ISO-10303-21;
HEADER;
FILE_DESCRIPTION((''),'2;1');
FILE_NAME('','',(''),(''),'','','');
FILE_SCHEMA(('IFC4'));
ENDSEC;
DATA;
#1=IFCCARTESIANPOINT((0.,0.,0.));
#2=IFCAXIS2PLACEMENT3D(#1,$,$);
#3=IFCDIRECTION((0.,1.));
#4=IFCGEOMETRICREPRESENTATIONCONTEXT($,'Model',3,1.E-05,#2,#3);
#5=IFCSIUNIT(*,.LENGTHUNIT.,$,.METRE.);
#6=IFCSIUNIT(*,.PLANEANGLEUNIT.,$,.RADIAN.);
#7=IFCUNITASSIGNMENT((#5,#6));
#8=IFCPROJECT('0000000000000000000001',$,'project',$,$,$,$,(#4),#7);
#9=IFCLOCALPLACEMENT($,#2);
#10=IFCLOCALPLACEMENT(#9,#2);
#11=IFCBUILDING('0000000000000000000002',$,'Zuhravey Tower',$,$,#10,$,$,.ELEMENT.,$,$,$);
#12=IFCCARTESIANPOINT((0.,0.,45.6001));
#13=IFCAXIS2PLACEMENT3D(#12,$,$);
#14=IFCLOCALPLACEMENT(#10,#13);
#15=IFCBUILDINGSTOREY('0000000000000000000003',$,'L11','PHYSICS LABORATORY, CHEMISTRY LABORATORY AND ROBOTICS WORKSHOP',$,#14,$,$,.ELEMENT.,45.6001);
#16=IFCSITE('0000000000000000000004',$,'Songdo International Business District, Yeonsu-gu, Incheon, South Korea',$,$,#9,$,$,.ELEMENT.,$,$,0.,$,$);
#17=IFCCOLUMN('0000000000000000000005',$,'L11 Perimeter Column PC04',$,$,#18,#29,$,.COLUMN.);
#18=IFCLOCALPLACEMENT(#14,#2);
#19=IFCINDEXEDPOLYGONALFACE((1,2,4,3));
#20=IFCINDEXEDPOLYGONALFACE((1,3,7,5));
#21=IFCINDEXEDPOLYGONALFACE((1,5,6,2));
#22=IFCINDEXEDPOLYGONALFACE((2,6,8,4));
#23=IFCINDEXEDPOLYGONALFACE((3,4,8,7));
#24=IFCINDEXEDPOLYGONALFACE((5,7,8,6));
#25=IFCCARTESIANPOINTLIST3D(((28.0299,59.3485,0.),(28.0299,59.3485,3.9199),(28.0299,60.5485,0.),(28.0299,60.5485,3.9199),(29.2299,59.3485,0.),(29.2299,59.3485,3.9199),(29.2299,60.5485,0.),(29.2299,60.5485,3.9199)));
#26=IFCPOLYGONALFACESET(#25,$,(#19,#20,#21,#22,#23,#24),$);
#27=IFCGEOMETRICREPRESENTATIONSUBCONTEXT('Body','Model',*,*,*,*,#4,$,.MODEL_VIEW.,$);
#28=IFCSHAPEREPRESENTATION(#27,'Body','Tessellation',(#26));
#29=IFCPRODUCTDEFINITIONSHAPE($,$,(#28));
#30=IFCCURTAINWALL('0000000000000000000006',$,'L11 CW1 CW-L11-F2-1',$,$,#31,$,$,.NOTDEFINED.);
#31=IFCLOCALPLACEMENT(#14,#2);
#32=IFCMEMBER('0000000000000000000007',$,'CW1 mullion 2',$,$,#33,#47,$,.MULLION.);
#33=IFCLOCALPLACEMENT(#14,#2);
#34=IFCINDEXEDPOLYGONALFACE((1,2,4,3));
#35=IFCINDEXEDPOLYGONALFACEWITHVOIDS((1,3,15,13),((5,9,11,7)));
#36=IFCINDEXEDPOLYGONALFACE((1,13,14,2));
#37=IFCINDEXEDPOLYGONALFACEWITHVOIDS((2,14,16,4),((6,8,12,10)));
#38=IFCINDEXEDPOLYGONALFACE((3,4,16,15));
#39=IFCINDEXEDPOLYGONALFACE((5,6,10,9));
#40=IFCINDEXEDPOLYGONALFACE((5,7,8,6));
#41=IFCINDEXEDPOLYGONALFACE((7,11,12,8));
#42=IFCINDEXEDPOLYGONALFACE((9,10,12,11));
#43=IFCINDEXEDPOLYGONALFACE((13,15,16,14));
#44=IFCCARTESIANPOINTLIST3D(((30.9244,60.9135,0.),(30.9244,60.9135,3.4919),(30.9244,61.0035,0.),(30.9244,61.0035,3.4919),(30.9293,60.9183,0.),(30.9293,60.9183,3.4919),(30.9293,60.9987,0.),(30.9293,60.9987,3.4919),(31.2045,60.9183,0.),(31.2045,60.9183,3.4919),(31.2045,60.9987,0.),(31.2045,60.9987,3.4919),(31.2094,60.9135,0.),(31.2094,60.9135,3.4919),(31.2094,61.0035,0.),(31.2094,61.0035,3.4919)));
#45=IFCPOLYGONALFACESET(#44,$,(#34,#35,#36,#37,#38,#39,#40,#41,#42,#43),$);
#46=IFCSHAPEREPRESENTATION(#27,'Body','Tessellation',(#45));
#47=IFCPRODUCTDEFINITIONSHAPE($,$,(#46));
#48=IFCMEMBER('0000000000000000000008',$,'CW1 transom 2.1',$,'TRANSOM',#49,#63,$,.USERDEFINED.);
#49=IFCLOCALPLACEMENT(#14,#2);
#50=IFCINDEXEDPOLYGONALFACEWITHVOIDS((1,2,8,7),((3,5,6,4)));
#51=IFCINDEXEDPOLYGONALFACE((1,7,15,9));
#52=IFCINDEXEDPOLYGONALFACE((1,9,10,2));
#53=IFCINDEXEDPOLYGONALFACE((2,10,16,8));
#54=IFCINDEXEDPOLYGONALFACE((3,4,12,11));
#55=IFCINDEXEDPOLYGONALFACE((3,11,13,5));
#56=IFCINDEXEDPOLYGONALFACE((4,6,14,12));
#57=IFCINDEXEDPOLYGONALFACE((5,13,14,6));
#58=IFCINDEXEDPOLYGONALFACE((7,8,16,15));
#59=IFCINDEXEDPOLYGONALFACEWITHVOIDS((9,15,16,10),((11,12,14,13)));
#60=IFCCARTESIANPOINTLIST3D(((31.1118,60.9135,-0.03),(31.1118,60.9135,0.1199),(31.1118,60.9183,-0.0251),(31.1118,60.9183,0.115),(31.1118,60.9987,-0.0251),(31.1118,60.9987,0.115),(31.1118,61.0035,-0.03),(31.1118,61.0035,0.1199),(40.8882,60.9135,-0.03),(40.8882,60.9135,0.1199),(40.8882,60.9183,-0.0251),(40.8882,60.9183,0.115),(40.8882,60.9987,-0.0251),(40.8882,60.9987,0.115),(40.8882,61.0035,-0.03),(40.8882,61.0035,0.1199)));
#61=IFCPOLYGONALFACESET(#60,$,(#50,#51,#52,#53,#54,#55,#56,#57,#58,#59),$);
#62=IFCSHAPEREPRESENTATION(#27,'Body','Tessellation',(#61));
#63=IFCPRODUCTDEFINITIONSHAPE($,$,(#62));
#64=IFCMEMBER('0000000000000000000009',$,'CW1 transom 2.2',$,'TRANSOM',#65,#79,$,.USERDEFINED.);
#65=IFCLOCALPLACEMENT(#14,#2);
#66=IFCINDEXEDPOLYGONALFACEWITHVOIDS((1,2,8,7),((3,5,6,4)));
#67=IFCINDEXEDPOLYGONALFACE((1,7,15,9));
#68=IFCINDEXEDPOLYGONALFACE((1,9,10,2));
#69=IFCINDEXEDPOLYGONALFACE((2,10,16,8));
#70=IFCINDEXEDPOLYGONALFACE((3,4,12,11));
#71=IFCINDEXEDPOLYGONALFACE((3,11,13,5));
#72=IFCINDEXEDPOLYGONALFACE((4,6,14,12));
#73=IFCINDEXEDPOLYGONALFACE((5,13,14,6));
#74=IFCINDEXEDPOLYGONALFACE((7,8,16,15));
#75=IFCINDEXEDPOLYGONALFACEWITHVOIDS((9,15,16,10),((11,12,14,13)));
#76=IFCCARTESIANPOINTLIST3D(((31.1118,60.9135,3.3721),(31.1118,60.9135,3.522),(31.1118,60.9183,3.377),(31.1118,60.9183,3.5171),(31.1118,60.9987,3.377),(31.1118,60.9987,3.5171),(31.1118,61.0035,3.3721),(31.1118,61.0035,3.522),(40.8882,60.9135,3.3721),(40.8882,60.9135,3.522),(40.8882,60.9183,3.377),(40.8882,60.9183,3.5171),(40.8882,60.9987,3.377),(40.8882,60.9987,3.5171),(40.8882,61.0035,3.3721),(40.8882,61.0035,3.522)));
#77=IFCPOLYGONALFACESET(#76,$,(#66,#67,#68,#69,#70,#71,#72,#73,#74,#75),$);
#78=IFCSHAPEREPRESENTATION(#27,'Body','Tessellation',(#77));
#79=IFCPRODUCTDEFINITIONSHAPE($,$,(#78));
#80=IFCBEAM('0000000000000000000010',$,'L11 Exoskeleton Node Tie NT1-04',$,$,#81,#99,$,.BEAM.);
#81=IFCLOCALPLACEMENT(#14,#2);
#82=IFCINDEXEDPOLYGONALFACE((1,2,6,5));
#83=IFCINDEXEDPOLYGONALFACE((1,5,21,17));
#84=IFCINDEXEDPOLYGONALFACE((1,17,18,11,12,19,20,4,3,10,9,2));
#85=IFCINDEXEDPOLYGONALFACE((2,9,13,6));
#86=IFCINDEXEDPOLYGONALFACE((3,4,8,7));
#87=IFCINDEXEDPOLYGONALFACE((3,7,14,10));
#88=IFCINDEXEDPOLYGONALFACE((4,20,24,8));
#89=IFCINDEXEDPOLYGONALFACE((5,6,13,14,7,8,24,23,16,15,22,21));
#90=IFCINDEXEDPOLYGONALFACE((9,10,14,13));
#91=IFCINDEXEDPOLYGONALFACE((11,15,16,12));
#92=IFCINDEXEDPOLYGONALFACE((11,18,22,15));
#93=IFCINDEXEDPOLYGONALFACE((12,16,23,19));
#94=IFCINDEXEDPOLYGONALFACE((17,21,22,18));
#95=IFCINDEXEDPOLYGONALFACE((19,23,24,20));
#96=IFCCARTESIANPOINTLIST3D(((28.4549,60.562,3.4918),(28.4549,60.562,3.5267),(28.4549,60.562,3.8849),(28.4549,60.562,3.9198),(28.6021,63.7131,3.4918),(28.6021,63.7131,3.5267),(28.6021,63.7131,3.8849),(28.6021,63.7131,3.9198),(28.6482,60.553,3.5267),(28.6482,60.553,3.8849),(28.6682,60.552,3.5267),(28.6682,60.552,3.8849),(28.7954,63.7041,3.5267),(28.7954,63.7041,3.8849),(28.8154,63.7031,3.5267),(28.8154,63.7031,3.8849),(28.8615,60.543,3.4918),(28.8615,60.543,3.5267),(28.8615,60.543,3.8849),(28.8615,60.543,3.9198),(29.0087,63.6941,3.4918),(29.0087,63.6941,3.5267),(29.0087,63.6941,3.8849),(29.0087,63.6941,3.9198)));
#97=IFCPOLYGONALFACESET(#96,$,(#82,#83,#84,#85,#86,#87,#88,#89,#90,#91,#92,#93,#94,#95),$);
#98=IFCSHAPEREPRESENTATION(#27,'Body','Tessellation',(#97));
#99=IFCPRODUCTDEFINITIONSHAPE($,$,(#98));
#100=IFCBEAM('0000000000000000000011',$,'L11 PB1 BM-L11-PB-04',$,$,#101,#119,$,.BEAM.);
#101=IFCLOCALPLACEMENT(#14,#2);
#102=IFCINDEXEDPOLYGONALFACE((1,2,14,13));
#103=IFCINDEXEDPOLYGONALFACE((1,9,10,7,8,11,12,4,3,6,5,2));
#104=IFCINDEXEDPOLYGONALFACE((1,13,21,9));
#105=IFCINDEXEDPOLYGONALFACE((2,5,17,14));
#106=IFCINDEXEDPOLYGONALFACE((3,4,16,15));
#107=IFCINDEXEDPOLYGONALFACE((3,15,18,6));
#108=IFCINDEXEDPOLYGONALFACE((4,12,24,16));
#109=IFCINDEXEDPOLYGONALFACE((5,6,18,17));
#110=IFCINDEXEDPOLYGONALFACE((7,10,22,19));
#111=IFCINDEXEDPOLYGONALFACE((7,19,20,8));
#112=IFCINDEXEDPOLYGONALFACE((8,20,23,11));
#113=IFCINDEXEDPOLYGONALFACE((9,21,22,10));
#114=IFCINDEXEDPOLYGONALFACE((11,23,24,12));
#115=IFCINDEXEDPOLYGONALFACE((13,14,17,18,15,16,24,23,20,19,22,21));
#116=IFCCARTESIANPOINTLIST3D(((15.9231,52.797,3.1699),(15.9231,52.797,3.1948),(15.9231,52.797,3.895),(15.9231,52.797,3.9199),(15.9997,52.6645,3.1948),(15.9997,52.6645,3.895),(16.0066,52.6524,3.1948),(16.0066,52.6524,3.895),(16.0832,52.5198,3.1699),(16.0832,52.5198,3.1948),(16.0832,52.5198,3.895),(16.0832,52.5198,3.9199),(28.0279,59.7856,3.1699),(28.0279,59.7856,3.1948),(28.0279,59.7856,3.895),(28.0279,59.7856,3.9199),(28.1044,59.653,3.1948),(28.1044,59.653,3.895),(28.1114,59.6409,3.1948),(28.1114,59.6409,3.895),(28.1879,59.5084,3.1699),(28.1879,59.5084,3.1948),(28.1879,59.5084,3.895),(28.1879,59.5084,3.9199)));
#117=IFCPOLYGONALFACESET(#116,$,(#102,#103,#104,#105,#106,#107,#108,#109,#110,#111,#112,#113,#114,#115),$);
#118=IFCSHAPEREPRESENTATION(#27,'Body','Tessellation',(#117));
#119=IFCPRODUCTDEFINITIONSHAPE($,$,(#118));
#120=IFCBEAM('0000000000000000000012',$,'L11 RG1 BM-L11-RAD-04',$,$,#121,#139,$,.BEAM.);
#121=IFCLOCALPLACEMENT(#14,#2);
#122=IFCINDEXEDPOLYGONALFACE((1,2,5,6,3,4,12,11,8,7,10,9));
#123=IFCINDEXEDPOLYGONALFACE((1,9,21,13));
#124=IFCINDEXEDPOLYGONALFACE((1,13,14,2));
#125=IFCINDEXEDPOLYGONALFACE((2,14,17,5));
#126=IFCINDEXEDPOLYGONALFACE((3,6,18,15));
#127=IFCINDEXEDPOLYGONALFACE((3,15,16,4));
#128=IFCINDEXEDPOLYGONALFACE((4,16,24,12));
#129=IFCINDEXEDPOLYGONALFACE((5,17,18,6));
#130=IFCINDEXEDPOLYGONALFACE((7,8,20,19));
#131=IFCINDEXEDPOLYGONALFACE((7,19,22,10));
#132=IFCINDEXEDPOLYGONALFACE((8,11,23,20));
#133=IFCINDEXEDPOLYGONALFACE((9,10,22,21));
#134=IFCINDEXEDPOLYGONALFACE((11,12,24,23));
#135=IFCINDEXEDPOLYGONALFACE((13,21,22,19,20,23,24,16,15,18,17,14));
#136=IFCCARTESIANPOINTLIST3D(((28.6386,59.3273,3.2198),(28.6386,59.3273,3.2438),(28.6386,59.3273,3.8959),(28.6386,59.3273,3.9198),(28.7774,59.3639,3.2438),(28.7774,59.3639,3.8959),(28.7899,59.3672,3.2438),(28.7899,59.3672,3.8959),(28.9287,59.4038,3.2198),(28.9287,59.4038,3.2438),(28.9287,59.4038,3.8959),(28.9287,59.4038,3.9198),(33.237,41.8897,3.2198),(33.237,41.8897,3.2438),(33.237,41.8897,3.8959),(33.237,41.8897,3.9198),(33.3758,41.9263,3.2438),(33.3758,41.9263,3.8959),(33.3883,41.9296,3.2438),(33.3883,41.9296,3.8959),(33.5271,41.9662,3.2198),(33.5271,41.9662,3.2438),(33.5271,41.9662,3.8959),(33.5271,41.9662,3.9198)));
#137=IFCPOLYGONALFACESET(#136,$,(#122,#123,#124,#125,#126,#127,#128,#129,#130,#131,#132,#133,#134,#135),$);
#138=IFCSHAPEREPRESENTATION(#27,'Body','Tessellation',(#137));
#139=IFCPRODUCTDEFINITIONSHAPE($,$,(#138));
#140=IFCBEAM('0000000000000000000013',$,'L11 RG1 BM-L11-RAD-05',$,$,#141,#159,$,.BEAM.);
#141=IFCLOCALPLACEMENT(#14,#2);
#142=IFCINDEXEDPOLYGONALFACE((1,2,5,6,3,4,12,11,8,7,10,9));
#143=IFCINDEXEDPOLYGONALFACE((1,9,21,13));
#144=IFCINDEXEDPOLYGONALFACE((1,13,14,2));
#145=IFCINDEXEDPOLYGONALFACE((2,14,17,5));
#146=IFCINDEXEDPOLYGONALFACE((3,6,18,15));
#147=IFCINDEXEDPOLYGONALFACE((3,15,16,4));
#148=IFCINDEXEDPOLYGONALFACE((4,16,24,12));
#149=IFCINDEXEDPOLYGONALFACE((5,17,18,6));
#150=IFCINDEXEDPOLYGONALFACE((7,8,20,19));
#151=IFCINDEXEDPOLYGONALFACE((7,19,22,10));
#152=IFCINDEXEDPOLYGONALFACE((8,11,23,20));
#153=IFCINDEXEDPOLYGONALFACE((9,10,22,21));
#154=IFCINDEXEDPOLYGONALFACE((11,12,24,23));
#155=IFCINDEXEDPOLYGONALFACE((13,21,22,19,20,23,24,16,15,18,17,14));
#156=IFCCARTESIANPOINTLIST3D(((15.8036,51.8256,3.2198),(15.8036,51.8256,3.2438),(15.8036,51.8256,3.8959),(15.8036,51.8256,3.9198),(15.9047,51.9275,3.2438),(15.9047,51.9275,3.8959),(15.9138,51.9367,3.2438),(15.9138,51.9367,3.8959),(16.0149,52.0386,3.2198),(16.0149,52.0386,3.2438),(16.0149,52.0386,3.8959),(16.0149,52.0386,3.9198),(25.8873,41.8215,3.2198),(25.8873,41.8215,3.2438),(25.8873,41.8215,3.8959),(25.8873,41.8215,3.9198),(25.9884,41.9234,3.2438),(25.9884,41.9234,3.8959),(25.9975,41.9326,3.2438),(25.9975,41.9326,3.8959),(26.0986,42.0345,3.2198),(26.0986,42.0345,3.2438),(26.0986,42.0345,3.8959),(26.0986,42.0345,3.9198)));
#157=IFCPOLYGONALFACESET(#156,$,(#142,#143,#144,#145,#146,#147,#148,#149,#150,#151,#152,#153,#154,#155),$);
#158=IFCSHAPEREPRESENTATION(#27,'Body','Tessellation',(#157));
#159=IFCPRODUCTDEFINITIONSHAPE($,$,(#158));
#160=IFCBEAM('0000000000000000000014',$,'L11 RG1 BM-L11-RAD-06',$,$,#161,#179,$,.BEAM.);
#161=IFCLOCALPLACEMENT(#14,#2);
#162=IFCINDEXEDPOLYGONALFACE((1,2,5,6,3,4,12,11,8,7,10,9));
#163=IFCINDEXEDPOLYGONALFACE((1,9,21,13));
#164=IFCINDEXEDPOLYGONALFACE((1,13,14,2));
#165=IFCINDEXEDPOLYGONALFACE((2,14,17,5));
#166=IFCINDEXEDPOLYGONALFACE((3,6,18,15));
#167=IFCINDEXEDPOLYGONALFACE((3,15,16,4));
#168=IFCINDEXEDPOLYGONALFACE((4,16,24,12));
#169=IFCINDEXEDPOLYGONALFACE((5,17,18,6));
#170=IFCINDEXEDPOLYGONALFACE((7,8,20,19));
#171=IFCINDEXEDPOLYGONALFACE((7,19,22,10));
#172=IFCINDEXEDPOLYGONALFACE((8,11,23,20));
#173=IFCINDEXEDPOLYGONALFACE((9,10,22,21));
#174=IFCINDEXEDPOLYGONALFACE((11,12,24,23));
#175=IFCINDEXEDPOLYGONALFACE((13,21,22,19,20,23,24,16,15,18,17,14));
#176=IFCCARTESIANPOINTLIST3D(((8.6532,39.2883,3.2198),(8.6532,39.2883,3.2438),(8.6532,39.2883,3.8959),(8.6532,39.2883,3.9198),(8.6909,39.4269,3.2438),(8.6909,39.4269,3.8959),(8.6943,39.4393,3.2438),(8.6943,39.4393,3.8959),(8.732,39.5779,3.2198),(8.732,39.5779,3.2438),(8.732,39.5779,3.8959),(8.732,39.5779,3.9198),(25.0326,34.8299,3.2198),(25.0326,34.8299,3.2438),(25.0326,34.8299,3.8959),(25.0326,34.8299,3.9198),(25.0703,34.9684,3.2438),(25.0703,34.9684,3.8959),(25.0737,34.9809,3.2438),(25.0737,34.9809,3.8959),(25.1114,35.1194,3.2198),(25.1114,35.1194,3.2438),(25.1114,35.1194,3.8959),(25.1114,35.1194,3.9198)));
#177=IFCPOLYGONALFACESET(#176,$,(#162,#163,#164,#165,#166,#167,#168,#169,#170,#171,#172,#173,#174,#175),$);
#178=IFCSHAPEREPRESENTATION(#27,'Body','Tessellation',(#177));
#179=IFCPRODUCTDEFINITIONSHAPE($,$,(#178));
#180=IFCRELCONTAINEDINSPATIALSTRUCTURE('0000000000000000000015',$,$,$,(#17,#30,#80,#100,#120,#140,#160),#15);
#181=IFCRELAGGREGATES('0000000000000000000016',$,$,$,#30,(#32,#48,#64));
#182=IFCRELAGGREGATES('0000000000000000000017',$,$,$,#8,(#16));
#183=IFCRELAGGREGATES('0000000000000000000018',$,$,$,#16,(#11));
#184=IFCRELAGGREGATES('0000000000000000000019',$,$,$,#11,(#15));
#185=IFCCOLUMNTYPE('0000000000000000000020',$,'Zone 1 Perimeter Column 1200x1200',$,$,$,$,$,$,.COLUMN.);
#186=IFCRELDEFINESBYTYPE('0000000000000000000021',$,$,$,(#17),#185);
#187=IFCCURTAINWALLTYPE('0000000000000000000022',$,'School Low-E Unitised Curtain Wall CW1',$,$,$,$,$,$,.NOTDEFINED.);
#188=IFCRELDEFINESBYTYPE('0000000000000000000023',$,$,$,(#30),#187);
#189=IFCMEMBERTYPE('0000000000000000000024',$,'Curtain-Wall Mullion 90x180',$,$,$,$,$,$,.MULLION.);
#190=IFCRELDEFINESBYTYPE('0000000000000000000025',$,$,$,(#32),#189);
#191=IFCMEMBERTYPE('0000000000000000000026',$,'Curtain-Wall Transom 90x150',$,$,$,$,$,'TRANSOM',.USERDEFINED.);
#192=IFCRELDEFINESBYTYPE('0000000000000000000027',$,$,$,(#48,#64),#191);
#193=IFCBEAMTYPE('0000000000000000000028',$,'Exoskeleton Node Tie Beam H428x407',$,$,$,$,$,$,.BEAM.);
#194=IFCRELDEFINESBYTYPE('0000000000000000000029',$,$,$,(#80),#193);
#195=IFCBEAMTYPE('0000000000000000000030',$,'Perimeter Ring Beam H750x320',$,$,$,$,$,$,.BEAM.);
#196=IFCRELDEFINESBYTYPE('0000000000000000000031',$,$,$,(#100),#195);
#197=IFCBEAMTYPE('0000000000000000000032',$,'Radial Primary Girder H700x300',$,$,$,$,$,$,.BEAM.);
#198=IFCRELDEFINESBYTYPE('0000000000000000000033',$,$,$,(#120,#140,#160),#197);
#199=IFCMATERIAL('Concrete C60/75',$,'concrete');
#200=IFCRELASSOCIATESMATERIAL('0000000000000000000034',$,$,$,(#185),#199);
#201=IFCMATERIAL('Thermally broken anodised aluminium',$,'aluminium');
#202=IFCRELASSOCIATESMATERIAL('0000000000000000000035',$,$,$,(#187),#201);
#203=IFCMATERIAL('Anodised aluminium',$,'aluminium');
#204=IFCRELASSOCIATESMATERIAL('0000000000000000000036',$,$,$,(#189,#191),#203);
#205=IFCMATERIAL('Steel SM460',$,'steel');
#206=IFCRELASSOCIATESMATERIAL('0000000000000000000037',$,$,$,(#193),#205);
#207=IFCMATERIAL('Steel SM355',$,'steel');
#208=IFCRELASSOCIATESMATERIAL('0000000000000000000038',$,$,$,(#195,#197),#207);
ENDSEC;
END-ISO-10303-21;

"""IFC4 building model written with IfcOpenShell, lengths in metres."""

from ifc_helpers import new_model, si_unit, direction, frame, origin, origin_2d, place, context, subcontext, project, spatial, rectangle, hollow_rectangle, i_section, extrude, material, material_profile, profile_set, type_object, element, aggregate, save


model = new_model("IFC4")

# Units and contexts
model_context = context("Model", 3, precision=1e-05, world=origin(), true_north=direction((0.0, 1.0)))
body_context = subcontext(model_context, "Body", "Model", "MODEL_VIEW")
ifc_project = project(units=[si_unit("LENGTHUNIT", "METRE"), si_unit("PLANEANGLEUNIT", "RADIAN")], contexts=[model_context])

# Site, building, storey
site_placement = place(None, origin())
site = spatial("IfcSite", under=ifc_project, at=site_placement, Name="Songdo International Business District, Yeonsu-gu, Incheon, South Korea", CompositionType="ELEMENT", RefElevation=0.0)
building_placement = place(site_placement, origin())
building = spatial("IfcBuilding", under=site, at=building_placement, Name="Zuhravey Tower", CompositionType="ELEMENT")
storey_placement = place(building_placement, frame((0.0, 0.0, 45.6001)))
storey = spatial("IfcBuildingStorey", under=building, at=storey_placement, Name="L11", Description="PHYSICS LABORATORY, CHEMISTRY LABORATORY AND ROBOTICS WORKSHOP", CompositionType="ELEMENT", Elevation=45.6001)

# Column
ifc_material_1 = material(Name="Concrete C60/75", Category="concrete")
ifc_material_profile_1 = material_profile(ifc_material_1, rectangle(XDim=1.2, YDim=1.2, at=origin_2d()), Name="RC-1200x1200")
ifc_profile_set_1 = profile_set([ifc_material_profile_1], Name="Concrete C60/75")
column_type = type_object("IfcColumnType", Name="Zone 1 Perimeter Column 1200x1200", PredefinedType="COLUMN", material=ifc_profile_set_1)
column_placement = place(storey_placement, frame((28.6299, 59.9485, 0.0), z_axis=(0.0, 0.0, 1.0), x_axis=(-1.0, 0.0, 0.0)))
element("IfcColumn", 1, at=column_placement, inside=storey, type_object=column_type, Name="L11 Perimeter Column PC04", PredefinedType="COLUMN", context=body_context, shape_type="SweptSolid", body=[
    extrude(rectangle(XDim=1.2, YDim=1.2, at=origin_2d()), origin(), (0.0, 0.0, 1.0), 3.9199),
])

# Curtain wall, members
ifc_material_2 = material(Name="Thermally broken anodised aluminium", Category="aluminium")
curtain_wall_type = type_object("IfcCurtainWallType", Name="School Low-E Unitised Curtain Wall CW1", PredefinedType="NOTDEFINED", material=ifc_material_2)
curtain_wall_placement = place(storey_placement, origin())
curtain_wall = element("IfcCurtainWall", 2, at=curtain_wall_placement, inside=storey, type_object=curtain_wall_type, Name="L11 CW1 CW-L11-F2-1", PredefinedType="NOTDEFINED")
ifc_material_3 = material(Name="Anodised aluminium", Category="aluminium")
ifc_material_profile_2 = material_profile(ifc_material_3, hollow_rectangle(XDim=0.0901, YDim=0.2849, WallThickness=0.0049, at=origin_2d()), Name="ALU-RHS-90x285x5")
ifc_profile_set_2 = profile_set([ifc_material_profile_2], Name="Anodised aluminium")
member_type_1 = type_object("IfcMemberType", Name="Curtain-Wall Mullion 90x180", PredefinedType="MULLION", material=ifc_profile_set_2)
member_1_placement = place(storey_placement, frame((31.0669, 60.9585, 0.0), z_axis=(0.0, 0.0, 1.0), x_axis=(0.0, 1.0, 0.0)))
member_1 = element("IfcMember", 3, at=member_1_placement, type_object=member_type_1, Name="CW1 mullion 2", PredefinedType="MULLION", context=body_context, shape_type="SweptSolid", body=[
    extrude(hollow_rectangle(XDim=0.0901, YDim=0.2849, WallThickness=0.0049, at=origin_2d()), origin(), (0.0, 0.0, 1.0), 3.4919),
])
ifc_material_profile_3 = material_profile(ifc_material_3, hollow_rectangle(XDim=0.0901, YDim=0.1499, WallThickness=0.0049, at=origin_2d()), Name="ALU-RHS-90x150x5")
ifc_profile_set_3 = profile_set([ifc_material_profile_3], Name="Anodised aluminium")
member_type_2 = type_object("IfcMemberType", Name="Curtain-Wall Transom 90x150", ElementType="TRANSOM", PredefinedType="USERDEFINED", material=ifc_profile_set_3)
member_2_placement = place(storey_placement, frame((31.1118, 60.9585, 0.0449), z_axis=(1.0, 0.0, 0.0), x_axis=(0.0, 1.0, 0.0)))
member_2 = element("IfcMember", 4, at=member_2_placement, type_object=member_type_2, Name="CW1 transom 2.1", ObjectType="TRANSOM", PredefinedType="USERDEFINED", context=body_context, shape_type="SweptSolid", body=[
    extrude(hollow_rectangle(XDim=0.0901, YDim=0.1499, WallThickness=0.0049, at=origin_2d()), origin(), (0.0, 0.0, 1.0), 9.7764),
])
member_3_placement = place(storey_placement, frame((31.1118, 60.9585, 3.447), z_axis=(1.0, 0.0, 0.0), x_axis=(0.0, 1.0, 0.0)))
member_3 = element("IfcMember", 5, at=member_3_placement, type_object=member_type_2, Name="CW1 transom 2.2", ObjectType="TRANSOM", PredefinedType="USERDEFINED", context=body_context, shape_type="SweptSolid", body=[
    extrude(hollow_rectangle(XDim=0.0901, YDim=0.1499, WallThickness=0.0049, at=origin_2d()), origin(), (0.0, 0.0, 1.0), 9.7764),
])

# Beams
ifc_material_4 = material(Name="Steel SM460", Category="steel")
ifc_material_profile_4 = material_profile(ifc_material_4, i_section(OverallWidth=0.407, OverallDepth=0.428, WebThickness=0.02, FlangeThickness=0.0349, at=origin_2d()), Name="H-428x407x20x35")
ifc_profile_set_4 = profile_set([ifc_material_profile_4], Name="Steel SM460")
beam_type_1 = type_object("IfcBeamType", Name="Exoskeleton Node Tie Beam H428x407", PredefinedType="BEAM", material=ifc_profile_set_4)
beam_1_placement = place(storey_placement, frame((28.6582, 60.5525, 3.7058), z_axis=(0.046668, 0.99891, 0.0), x_axis=(-0.99891, 0.046668, 0.0)))
element("IfcBeam", 6, at=beam_1_placement, inside=storey, type_object=beam_type_1, Name="L11 Exoskeleton Node Tie NT1-04", PredefinedType="BEAM", context=body_context, shape_type="SweptSolid", body=[
    extrude(i_section(OverallWidth=0.407, OverallDepth=0.428, WebThickness=0.02, FlangeThickness=0.0349, at=origin_2d()), origin(), (0.0, 0.0, 1.0), 3.1545),
])
ifc_material_5 = material(Name="Steel SM355", Category="steel")
ifc_material_profile_5 = material_profile(ifc_material_5, i_section(OverallWidth=0.3201, OverallDepth=0.75, WebThickness=0.0139, FlangeThickness=0.0249, at=origin_2d()), Name="H-750x320x14x25")
ifc_profile_set_5 = profile_set([ifc_material_profile_5], Name="Steel SM355")
beam_type_2 = type_object("IfcBeamType", Name="Perimeter Ring Beam H750x320", PredefinedType="BEAM", material=ifc_profile_set_5)
beam_2_placement = place(storey_placement, frame((28.1079, 59.647, 3.5449), z_axis=(-0.86603, -0.499992, 0.0), x_axis=(0.499992, -0.86603, 0.0)))
element("IfcBeam", 7, at=beam_2_placement, inside=storey, type_object=beam_type_2, Name="L11 PB1 BM-L11-PB-04", PredefinedType="BEAM", context=body_context, shape_type="SweptSolid", body=[
    extrude(i_section(OverallWidth=0.3201, OverallDepth=0.75, WebThickness=0.0139, FlangeThickness=0.0249, at=origin_2d()), origin(), (0.0, 0.0, 1.0), 13.9773),
])
ifc_material_profile_6 = material_profile(ifc_material_5, i_section(OverallWidth=0.3, OverallDepth=0.7, WebThickness=0.0129, FlangeThickness=0.0239, at=origin_2d()), Name="H-700x300x13x24")
ifc_profile_set_6 = profile_set([ifc_material_profile_6], Name="Steel SM355")
beam_type_3 = type_object("IfcBeamType", Name="Radial Primary Girder H700x300", PredefinedType="BEAM", material=ifc_profile_set_6)
beam_3_placement = place(storey_placement, frame((33.3821, 41.928, 3.5698), z_axis=(-0.25499, 0.966944, 0.0), x_axis=(-0.966944, -0.25499, 0.0)))
element("IfcBeam", 8, at=beam_3_placement, inside=storey, type_object=beam_type_3, Name="L11 RG1 BM-L11-RAD-04", PredefinedType="BEAM", context=body_context, shape_type="SweptSolid", body=[
    extrude(i_section(OverallWidth=0.3, OverallDepth=0.7, WebThickness=0.0129, FlangeThickness=0.0239, at=origin_2d()), origin(), (0.0, 0.0, 1.0), 18.0337),
])
beam_4_placement = place(storey_placement, frame((25.9929, 41.928, 3.5698), z_axis=(-0.709903, 0.7043, 0.0), x_axis=(-0.7043, -0.709903, 0.0)))
element("IfcBeam", 9, at=beam_4_placement, inside=storey, type_object=beam_type_3, Name="L11 RG1 BM-L11-RAD-05", PredefinedType="BEAM", context=body_context, shape_type="SweptSolid", body=[
    extrude(i_section(OverallWidth=0.3, OverallDepth=0.7, WebThickness=0.0129, FlangeThickness=0.0239, at=origin_2d()), origin(), (0.0, 0.0, 1.0), 14.2043),
])
beam_5_placement = place(storey_placement, frame((25.072, 34.9746, 3.5698), z_axis=(-0.964892, 0.262645, 0.0), x_axis=(-0.262645, -0.964892, 0.0)))
element("IfcBeam", 10, at=beam_5_placement, inside=storey, type_object=beam_type_3, Name="L11 RG1 BM-L11-RAD-06", PredefinedType="BEAM", context=body_context, shape_type="SweptSolid", body=[
    extrude(i_section(OverallWidth=0.3, OverallDepth=0.7, WebThickness=0.0129, FlangeThickness=0.0239, at=origin_2d()), origin(), (0.0, 0.0, 1.0), 16.9753),
])

aggregate(curtain_wall, [member_1, member_2, member_3])

save(model, "model.ifc")
